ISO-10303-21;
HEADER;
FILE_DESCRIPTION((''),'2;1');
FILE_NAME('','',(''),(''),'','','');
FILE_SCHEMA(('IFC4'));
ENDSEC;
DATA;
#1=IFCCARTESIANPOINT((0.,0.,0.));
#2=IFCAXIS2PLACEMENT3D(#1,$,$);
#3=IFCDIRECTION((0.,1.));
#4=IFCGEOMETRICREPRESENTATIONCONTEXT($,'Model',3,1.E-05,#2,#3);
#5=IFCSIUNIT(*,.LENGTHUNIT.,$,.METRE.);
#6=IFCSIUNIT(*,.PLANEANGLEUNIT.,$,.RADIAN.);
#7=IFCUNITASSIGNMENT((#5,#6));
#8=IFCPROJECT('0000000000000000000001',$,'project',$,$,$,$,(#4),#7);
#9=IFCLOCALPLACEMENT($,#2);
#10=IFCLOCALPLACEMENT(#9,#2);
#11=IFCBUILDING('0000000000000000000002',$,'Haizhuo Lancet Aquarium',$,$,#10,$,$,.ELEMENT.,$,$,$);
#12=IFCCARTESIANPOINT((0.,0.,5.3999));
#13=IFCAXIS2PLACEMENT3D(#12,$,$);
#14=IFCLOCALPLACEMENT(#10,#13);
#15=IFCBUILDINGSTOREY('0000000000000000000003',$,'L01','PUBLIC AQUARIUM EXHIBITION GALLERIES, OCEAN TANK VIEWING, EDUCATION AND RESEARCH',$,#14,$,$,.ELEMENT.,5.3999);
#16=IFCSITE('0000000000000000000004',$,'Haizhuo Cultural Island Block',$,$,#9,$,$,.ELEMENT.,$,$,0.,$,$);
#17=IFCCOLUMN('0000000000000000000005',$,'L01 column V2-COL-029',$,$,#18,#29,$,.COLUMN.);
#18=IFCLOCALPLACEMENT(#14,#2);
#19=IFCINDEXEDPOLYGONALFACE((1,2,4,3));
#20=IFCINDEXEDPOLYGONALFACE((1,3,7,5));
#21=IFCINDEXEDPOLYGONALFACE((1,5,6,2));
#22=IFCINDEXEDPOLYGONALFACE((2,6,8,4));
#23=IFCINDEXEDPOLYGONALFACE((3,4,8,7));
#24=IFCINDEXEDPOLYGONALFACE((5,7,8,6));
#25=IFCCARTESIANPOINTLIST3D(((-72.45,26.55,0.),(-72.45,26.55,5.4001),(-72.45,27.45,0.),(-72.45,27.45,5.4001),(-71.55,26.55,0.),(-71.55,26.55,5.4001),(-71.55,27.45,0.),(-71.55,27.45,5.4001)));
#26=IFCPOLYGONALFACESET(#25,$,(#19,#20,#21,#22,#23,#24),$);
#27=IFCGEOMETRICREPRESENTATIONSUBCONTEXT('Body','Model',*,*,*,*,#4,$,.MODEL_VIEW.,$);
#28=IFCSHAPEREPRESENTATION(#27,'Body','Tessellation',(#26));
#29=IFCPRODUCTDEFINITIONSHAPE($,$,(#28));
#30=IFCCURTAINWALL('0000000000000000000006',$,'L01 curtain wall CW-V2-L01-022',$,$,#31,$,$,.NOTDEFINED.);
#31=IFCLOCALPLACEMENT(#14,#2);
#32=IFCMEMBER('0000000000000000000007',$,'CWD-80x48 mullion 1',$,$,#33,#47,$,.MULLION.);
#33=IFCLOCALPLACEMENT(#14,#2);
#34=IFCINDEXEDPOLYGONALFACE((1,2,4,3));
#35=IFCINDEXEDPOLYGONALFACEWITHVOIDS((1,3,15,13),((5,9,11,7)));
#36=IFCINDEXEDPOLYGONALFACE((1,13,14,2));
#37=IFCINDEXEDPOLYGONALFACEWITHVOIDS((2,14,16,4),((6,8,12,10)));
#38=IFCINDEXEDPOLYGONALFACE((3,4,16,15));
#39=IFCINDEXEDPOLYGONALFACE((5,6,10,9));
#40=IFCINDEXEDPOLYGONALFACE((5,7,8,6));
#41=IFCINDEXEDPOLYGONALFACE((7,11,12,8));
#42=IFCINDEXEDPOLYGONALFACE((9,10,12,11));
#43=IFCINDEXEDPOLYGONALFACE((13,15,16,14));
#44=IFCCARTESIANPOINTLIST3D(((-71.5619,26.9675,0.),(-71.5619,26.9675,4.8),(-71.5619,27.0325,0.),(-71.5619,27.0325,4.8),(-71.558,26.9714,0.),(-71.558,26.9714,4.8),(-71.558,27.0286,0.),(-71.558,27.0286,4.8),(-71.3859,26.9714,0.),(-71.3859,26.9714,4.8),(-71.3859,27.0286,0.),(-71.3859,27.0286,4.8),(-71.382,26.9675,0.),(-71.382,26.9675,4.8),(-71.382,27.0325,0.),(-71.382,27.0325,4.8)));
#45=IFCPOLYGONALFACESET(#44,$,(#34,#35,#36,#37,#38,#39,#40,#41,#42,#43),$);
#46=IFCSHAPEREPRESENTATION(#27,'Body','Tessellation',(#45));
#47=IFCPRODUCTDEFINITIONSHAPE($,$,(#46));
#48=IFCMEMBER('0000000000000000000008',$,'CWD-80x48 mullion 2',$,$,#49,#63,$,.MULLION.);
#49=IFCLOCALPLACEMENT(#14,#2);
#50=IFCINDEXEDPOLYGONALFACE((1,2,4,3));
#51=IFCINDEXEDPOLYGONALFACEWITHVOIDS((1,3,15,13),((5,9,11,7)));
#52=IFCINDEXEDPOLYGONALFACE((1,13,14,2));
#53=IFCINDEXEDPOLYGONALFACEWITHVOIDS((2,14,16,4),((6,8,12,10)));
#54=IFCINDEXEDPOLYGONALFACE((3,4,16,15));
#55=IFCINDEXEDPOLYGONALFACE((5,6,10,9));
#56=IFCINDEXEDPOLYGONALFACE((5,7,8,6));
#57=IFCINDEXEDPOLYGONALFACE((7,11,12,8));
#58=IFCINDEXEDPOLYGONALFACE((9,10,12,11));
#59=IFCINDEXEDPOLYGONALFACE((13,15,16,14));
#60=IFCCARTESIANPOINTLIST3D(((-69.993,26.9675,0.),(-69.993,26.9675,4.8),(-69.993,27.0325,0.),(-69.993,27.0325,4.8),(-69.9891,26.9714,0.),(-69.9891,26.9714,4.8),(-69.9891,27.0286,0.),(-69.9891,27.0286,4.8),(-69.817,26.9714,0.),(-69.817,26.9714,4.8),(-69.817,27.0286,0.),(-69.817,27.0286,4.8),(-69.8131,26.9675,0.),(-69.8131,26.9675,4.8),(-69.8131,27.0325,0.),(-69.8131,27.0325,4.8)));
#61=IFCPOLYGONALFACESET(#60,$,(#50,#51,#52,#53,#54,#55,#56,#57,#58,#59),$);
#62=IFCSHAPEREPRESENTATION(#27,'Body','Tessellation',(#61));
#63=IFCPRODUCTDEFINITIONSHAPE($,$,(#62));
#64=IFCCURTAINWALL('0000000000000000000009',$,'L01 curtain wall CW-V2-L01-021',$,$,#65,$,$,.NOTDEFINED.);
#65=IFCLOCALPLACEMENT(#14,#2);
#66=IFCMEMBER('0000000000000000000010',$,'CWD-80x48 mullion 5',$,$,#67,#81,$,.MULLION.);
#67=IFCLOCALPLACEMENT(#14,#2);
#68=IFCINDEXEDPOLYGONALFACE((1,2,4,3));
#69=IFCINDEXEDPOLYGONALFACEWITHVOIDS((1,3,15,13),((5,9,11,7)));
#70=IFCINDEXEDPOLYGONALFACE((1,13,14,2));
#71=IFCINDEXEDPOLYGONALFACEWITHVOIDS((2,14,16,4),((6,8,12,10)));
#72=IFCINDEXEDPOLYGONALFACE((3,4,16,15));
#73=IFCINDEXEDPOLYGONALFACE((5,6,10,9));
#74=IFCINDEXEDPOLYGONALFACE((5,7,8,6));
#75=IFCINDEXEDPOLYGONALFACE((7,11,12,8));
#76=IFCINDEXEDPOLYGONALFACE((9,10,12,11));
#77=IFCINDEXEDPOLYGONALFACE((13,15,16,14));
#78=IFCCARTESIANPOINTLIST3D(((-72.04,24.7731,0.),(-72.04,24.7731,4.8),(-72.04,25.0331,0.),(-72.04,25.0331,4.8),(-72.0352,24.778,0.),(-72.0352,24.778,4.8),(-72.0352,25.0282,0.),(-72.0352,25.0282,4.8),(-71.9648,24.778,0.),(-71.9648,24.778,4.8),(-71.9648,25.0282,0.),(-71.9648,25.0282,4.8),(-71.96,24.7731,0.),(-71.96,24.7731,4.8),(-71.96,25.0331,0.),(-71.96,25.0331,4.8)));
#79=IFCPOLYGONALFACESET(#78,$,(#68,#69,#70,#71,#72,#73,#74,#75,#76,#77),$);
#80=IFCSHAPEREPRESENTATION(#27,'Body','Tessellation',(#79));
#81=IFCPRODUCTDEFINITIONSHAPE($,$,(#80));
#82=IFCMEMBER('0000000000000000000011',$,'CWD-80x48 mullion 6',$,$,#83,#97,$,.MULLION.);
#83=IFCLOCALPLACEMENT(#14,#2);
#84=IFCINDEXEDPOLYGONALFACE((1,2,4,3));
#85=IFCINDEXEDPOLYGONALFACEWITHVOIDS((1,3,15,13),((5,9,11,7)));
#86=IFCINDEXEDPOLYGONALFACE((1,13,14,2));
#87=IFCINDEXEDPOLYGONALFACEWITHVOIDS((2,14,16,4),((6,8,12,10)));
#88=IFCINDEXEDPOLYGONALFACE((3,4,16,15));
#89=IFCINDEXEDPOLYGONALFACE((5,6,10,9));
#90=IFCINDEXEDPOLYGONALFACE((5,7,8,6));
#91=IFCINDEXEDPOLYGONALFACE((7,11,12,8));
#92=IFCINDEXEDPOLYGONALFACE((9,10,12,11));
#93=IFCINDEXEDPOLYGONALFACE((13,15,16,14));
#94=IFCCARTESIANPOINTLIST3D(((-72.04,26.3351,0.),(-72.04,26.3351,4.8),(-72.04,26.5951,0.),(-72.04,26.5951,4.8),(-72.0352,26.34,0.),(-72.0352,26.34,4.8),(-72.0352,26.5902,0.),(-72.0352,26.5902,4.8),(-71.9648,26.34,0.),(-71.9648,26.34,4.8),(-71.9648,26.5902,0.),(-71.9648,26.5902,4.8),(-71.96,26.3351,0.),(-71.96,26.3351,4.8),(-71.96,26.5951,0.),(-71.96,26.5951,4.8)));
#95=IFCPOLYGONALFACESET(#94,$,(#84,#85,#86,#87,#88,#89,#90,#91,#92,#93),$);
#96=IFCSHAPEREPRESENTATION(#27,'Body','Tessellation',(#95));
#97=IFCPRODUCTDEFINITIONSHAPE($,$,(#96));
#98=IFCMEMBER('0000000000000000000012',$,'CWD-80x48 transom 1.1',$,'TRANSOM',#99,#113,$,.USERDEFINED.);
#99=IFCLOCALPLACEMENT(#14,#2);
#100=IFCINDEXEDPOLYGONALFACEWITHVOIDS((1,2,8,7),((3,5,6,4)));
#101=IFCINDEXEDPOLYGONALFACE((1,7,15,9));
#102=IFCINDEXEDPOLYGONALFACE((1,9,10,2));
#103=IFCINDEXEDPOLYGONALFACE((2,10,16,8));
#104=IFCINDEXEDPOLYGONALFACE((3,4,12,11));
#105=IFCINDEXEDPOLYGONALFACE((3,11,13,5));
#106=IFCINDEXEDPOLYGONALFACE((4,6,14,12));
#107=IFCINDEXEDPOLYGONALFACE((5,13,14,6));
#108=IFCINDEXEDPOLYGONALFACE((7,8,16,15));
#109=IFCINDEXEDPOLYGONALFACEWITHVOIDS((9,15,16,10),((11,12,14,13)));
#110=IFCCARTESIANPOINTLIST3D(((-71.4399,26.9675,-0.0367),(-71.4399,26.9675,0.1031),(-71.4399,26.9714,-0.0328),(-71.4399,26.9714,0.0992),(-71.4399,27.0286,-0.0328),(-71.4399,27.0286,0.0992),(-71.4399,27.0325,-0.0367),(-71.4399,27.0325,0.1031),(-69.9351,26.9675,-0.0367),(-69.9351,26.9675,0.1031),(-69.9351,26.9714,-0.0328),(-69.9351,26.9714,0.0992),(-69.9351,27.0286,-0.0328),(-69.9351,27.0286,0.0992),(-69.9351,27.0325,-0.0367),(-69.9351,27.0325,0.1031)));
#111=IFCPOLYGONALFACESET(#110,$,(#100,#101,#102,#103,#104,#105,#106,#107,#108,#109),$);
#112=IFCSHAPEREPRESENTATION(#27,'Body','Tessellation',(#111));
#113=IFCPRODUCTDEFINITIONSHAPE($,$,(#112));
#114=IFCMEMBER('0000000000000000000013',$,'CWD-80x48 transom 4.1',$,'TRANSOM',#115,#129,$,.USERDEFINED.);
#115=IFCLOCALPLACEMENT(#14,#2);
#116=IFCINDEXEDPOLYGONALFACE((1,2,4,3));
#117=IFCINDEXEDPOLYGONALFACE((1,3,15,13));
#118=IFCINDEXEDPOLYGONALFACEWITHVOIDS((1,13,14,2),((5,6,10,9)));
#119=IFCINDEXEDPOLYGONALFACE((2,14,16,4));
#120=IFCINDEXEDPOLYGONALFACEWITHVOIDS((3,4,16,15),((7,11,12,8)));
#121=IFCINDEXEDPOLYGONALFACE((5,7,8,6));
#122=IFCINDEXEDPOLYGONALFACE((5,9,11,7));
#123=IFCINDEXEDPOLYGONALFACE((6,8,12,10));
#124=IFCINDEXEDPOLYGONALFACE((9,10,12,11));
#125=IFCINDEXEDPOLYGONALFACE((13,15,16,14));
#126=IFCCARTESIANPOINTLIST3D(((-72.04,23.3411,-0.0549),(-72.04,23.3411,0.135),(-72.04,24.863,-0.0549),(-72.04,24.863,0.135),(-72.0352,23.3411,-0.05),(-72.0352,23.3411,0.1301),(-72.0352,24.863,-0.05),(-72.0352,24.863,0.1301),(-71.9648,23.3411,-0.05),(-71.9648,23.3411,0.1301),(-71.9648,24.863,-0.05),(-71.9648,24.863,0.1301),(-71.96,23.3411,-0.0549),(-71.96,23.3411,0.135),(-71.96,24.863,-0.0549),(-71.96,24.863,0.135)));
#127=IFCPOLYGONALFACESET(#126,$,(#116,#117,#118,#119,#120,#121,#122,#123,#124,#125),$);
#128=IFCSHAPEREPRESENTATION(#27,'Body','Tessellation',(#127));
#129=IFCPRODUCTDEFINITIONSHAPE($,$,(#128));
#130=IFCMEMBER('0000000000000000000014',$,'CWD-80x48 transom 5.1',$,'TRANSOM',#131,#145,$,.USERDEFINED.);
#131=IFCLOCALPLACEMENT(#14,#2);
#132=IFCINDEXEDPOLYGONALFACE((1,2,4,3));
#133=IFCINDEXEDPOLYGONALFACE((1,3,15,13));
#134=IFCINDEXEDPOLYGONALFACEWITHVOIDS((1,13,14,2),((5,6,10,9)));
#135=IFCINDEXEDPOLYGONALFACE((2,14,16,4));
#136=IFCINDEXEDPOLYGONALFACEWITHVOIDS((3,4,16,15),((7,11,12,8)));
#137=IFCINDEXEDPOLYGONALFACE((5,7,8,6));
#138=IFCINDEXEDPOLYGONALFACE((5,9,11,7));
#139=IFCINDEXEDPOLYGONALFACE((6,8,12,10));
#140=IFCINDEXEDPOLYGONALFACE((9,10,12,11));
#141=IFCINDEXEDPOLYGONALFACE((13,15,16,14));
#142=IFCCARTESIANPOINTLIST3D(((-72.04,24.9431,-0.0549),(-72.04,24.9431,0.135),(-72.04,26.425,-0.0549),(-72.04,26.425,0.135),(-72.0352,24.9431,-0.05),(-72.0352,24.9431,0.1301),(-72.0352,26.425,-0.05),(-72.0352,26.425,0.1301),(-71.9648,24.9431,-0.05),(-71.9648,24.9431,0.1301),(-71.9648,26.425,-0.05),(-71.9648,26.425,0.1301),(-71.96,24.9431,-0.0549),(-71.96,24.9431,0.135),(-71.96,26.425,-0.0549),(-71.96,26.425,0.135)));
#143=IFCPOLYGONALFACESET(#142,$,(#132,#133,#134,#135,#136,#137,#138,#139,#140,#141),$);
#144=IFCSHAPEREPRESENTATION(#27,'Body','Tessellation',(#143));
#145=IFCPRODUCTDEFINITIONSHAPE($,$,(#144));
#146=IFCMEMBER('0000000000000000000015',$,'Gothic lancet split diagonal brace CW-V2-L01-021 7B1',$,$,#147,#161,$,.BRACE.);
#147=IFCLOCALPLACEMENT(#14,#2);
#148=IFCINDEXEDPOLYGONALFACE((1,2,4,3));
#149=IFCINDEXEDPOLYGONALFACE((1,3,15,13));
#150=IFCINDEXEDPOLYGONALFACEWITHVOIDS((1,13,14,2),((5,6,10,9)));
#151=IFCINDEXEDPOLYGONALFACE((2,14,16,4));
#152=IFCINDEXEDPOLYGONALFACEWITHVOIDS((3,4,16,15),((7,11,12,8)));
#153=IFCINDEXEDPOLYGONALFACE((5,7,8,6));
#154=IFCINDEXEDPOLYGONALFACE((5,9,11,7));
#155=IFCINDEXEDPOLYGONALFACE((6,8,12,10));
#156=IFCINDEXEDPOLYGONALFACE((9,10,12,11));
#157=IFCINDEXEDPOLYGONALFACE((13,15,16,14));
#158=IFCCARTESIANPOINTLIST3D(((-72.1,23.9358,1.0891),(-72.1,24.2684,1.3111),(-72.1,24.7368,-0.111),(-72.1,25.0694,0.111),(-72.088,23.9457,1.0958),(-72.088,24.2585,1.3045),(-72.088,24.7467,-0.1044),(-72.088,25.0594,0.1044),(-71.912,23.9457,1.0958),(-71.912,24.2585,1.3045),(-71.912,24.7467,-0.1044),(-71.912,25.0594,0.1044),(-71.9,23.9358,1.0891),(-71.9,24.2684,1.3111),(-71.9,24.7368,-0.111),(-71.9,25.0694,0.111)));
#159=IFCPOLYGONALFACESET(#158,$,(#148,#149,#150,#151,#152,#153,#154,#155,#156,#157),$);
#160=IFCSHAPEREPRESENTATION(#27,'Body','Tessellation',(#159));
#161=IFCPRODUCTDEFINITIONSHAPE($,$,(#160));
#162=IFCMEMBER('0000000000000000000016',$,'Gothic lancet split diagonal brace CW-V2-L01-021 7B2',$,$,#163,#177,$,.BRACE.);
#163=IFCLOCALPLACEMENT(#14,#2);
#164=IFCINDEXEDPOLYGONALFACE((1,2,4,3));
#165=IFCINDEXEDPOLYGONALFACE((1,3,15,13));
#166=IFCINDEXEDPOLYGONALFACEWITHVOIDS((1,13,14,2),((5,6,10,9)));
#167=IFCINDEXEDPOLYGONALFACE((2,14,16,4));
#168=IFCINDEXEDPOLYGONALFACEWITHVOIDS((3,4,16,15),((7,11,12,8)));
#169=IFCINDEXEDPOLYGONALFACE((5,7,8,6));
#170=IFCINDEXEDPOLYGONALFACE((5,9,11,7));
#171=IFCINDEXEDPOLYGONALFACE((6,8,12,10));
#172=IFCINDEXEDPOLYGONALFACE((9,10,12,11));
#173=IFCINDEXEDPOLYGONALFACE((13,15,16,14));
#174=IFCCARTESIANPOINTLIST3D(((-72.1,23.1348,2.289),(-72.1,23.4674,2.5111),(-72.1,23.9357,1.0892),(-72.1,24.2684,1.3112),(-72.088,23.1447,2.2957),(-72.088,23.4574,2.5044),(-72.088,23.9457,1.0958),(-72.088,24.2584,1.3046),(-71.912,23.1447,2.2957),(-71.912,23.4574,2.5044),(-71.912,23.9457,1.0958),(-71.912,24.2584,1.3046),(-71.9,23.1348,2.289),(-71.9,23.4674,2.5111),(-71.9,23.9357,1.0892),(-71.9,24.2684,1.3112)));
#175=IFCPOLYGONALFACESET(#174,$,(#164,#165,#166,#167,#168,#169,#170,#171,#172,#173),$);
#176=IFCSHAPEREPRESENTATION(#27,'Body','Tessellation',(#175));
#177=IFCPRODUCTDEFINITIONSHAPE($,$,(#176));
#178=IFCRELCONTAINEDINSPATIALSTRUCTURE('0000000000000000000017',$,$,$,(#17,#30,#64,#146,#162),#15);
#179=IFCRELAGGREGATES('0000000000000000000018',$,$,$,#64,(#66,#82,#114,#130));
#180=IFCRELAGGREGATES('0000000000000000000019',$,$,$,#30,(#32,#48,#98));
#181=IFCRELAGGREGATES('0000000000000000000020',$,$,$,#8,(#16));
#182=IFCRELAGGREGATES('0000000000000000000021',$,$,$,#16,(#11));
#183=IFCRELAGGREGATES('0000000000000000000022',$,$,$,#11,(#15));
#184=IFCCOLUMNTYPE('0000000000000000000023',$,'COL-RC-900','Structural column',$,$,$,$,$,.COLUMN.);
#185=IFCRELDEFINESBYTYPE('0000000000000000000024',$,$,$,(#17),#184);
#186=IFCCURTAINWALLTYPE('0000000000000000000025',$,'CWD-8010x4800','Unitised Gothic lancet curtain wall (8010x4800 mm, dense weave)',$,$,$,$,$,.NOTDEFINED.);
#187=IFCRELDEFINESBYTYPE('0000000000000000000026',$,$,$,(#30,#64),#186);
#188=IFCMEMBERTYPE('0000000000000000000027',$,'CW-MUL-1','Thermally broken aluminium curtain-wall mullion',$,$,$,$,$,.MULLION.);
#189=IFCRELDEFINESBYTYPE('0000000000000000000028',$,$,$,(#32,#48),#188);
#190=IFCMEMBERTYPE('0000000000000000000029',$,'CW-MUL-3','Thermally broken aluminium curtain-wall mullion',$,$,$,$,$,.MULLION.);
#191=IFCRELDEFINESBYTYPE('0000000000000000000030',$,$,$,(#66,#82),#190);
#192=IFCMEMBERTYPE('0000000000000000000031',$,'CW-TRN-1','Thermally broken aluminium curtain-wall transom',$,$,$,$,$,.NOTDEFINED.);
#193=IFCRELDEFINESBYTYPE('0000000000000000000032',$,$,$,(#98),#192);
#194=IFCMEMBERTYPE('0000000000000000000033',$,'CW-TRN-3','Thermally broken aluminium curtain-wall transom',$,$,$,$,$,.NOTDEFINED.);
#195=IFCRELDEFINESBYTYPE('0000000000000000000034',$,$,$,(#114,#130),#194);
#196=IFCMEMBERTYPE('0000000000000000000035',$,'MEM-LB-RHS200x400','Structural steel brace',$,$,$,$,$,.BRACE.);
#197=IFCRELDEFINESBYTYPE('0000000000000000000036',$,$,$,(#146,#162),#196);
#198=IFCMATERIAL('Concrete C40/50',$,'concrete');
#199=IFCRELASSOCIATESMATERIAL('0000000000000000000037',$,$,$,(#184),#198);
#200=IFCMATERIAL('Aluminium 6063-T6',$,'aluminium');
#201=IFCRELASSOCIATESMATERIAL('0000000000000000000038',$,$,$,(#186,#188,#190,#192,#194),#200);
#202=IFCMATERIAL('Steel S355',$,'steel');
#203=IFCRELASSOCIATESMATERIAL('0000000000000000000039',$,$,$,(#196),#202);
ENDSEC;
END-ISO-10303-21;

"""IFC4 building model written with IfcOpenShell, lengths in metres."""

from ifc_helpers import new_model, si_unit, direction, frame, origin, origin_2d, place, context, subcontext, project, spatial, rectangle, hollow_rectangle, extrude, material, material_profile, profile_set, type_object, element, aggregate, save


model = new_model("IFC4")

# Units and contexts
model_context = context("Model", 3, precision=1e-05, world=origin(), true_north=direction((0.0, 1.0)))
body_context = subcontext(model_context, "Body", "Model", "MODEL_VIEW")
ifc_project = project(units=[si_unit("LENGTHUNIT", "METRE"), si_unit("PLANEANGLEUNIT", "RADIAN")], contexts=[model_context])

# Site, building, storey
site_placement = place(None, origin())
site = spatial("IfcSite", under=ifc_project, at=site_placement, Name="Haizhuo Cultural Island Block", CompositionType="ELEMENT", RefElevation=0.0)
building_placement = place(site_placement, origin())
building = spatial("IfcBuilding", under=site, at=building_placement, Name="Haizhuo Lancet Aquarium", CompositionType="ELEMENT")
storey_placement = place(building_placement, frame((0.0, 0.0, 5.3999)))
storey = spatial("IfcBuildingStorey", under=building, at=storey_placement, Name="L01", Description="PUBLIC AQUARIUM EXHIBITION GALLERIES, OCEAN TANK VIEWING, EDUCATION AND RESEARCH", CompositionType="ELEMENT", Elevation=5.3999)

# Column
ifc_material_1 = material(Name="Concrete C40/50", Category="concrete")
ifc_material_profile_1 = material_profile(ifc_material_1, rectangle(XDim=0.8999, YDim=0.8999, at=origin_2d()), Name="RC-COL 900x900")
ifc_profile_set_1 = profile_set([ifc_material_profile_1], Name="Concrete C40/50")
column_type = type_object("IfcColumnType", Name="COL-RC-900", Description="Structural column", PredefinedType="COLUMN", material=ifc_profile_set_1)
column_placement = place(storey_placement, frame((-72.0, 27.0, 0.0), z_axis=(0.0, 0.0, 1.0), x_axis=(1.0, 0.0, 0.0)))
element("IfcColumn", 1, at=column_placement, inside=storey, type_object=column_type, Name="L01 column V2-COL-029", PredefinedType="COLUMN", context=body_context, shape_type="SweptSolid", body=[
    extrude(rectangle(XDim=0.8999, YDim=0.8999, at=origin_2d()), origin(), (0.0, 0.0, 1.0), 5.4001),
])

# Curtain walls, members
ifc_material_2 = material(Name="Aluminium 6063-T6", Category="aluminium")
curtain_wall_type = type_object("IfcCurtainWallType", Name="CWD-8010x4800", Description="Unitised Gothic lancet curtain wall (8010x4800 mm, dense weave)", PredefinedType="NOTDEFINED", material=ifc_material_2)
curtain_wall_1_placement = place(storey_placement, origin())
curtain_wall_1 = element("IfcCurtainWall", 2, at=curtain_wall_1_placement, inside=storey, type_object=curtain_wall_type, Name="L01 curtain wall CW-V2-L01-022", PredefinedType="NOTDEFINED")
ifc_material_profile_2 = material_profile(ifc_material_2, hollow_rectangle(XDim=0.0649, YDim=0.1799, WallThickness=0.0039, at=origin_2d()), Name="ALU-M 65x180x4")
ifc_profile_set_2 = profile_set([ifc_material_profile_2], Name="Aluminium 6063-T6")
member_type_1 = type_object("IfcMemberType", Name="CW-MUL-1", Description="Thermally broken aluminium curtain-wall mullion", PredefinedType="MULLION", material=ifc_profile_set_2)
member_1_placement = place(storey_placement, frame((-71.4719, 27.0, 0.0), z_axis=(0.0, 0.0, 1.0), x_axis=(0.0, 1.0, 0.0)))
member_1 = element("IfcMember", 3, at=member_1_placement, type_object=member_type_1, Name="CWD-80x48 mullion 1", PredefinedType="MULLION", context=body_context, shape_type="SweptSolid", body=[
    extrude(hollow_rectangle(XDim=0.0649, YDim=0.1799, WallThickness=0.0039, at=origin_2d()), origin(), (0.0, 0.0, 1.0), 4.8),
])
member_2_placement = place(storey_placement, frame((-69.9031, 27.0, 0.0), z_axis=(0.0, 0.0, 1.0), x_axis=(0.0, 1.0, 0.0)))
member_2 = element("IfcMember", 4, at=member_2_placement, type_object=member_type_1, Name="CWD-80x48 mullion 2", PredefinedType="MULLION", context=body_context, shape_type="SweptSolid", body=[
    extrude(hollow_rectangle(XDim=0.0649, YDim=0.1799, WallThickness=0.0039, at=origin_2d()), origin(), (0.0, 0.0, 1.0), 4.8),
])
curtain_wall_2_placement = place(storey_placement, origin())
curtain_wall_2 = element("IfcCurtainWall", 5, at=curtain_wall_2_placement, inside=storey, type_object=curtain_wall_type, Name="L01 curtain wall CW-V2-L01-021", PredefinedType="NOTDEFINED")
ifc_material_profile_3 = material_profile(ifc_material_2, hollow_rectangle(XDim=0.0801, YDim=0.26, WallThickness=0.0049, at=origin_2d()), Name="ALU-M 80x260x5")
ifc_profile_set_3 = profile_set([ifc_material_profile_3], Name="Aluminium 6063-T6")
member_type_2 = type_object("IfcMemberType", Name="CW-MUL-3", Description="Thermally broken aluminium curtain-wall mullion", PredefinedType="MULLION", material=ifc_profile_set_3)
member_3_placement = place(storey_placement, frame((-72.0, 24.9031, 0.0), z_axis=(0.0, 0.0, 1.0), x_axis=(-1.0, 0.0, 0.0)))
member_3 = element("IfcMember", 6, at=member_3_placement, type_object=member_type_2, Name="CWD-80x48 mullion 5", PredefinedType="MULLION", context=body_context, shape_type="SweptSolid", body=[
    extrude(hollow_rectangle(XDim=0.0801, YDim=0.26, WallThickness=0.0049, at=origin_2d()), origin(), (0.0, 0.0, 1.0), 4.8),
])
member_4_placement = place(storey_placement, frame((-72.0, 26.4651, 0.0), z_axis=(0.0, 0.0, 1.0), x_axis=(-1.0, 0.0, 0.0)))
member_4 = element("IfcMember", 7, at=member_4_placement, type_object=member_type_2, Name="CWD-80x48 mullion 6", PredefinedType="MULLION", context=body_context, shape_type="SweptSolid", body=[
    extrude(hollow_rectangle(XDim=0.0801, YDim=0.26, WallThickness=0.0049, at=origin_2d()), origin(), (0.0, 0.0, 1.0), 4.8),
])

# Members
ifc_material_profile_4 = material_profile(ifc_material_2, hollow_rectangle(XDim=0.0649, YDim=0.1399, WallThickness=0.0039, at=origin_2d()), Name="ALU-T 65x140x4")
ifc_profile_set_4 = profile_set([ifc_material_profile_4], Name="Aluminium 6063-T6")
member_type_3 = type_object("IfcMemberType", Name="CW-TRN-1", Description="Thermally broken aluminium curtain-wall transom", PredefinedType="NOTDEFINED", material=ifc_profile_set_4)
member_5_placement = place(storey_placement, frame((-71.4399, 27.0, 0.0332), z_axis=(1.0, 0.0, 0.0), x_axis=(0.0, 1.0, 0.0)))
member_5 = element("IfcMember", 8, at=member_5_placement, type_object=member_type_3, Name="CWD-80x48 transom 1.1", ObjectType="TRANSOM", PredefinedType="USERDEFINED", context=body_context, shape_type="SweptSolid", body=[
    extrude(hollow_rectangle(XDim=0.0649, YDim=0.1399, WallThickness=0.0039, at=origin_2d()), origin(), (0.0, 0.0, 1.0), 1.5049),
])
ifc_material_profile_5 = material_profile(ifc_material_2, hollow_rectangle(XDim=0.0801, YDim=0.1899, WallThickness=0.0049, at=origin_2d()), Name="ALU-T 80x190x5")
ifc_profile_set_5 = profile_set([ifc_material_profile_5], Name="Aluminium 6063-T6")
member_type_4 = type_object("IfcMemberType", Name="CW-TRN-3", Description="Thermally broken aluminium curtain-wall transom", PredefinedType="NOTDEFINED", material=ifc_profile_set_5)
member_6_placement = place(storey_placement, frame((-72.0, 23.3411, 0.04), z_axis=(0.0, 1.0, 0.0), x_axis=(-1.0, 0.0, 0.0)))
member_6 = element("IfcMember", 9, at=member_6_placement, type_object=member_type_4, Name="CWD-80x48 transom 4.1", ObjectType="TRANSOM", PredefinedType="USERDEFINED", context=body_context, shape_type="SweptSolid", body=[
    extrude(hollow_rectangle(XDim=0.0801, YDim=0.1899, WallThickness=0.0049, at=origin_2d()), origin(), (0.0, 0.0, 1.0), 1.522),
])
member_7_placement = place(storey_placement, frame((-72.0, 24.9431, 0.04), z_axis=(0.0, 1.0, 0.0), x_axis=(-1.0, 0.0, 0.0)))
member_7 = element("IfcMember", 10, at=member_7_placement, type_object=member_type_4, Name="CWD-80x48 transom 5.1", ObjectType="TRANSOM", PredefinedType="USERDEFINED", context=body_context, shape_type="SweptSolid", body=[
    extrude(hollow_rectangle(XDim=0.0801, YDim=0.1899, WallThickness=0.0049, at=origin_2d()), origin(), (0.0, 0.0, 1.0), 1.4819),
])

# Members
ifc_material_3 = material(Name="Steel S355", Category="steel")
ifc_material_profile_6 = material_profile(ifc_material_3, hollow_rectangle(XDim=0.2, YDim=0.3999, WallThickness=0.012, at=origin_2d()), Name="RHS 200x400x12")
ifc_profile_set_6 = profile_set([ifc_material_profile_6], Name="Steel S355")
member_type_5 = type_object("IfcMemberType", Name="MEM-LB-RHS200x400", Description="Structural steel brace", PredefinedType="BRACE", material=ifc_profile_set_6)
member_8_placement = place(storey_placement, frame((-72.0, 24.9031, 0.0), z_axis=(0.0, -0.55513, 0.831764), x_axis=(1.0, 0.0, 0.0)))
element("IfcMember", 11, at=member_8_placement, inside=storey, type_object=member_type_5, Name="Gothic lancet split diagonal brace CW-V2-L01-021 7B1", PredefinedType="BRACE", context=body_context, shape_type="SweptSolid", body=[
    extrude(hollow_rectangle(XDim=0.2, YDim=0.3999, WallThickness=0.012, at=origin_2d()), origin(), (0.0, 0.0, 1.0), 1.4429),
])
member_9_placement = place(storey_placement, frame((-72.0, 24.1021, 1.2002), z_axis=(0.0, -0.555208, 0.831712), x_axis=(1.0, 0.0, 0.0)))
element("IfcMember", 12, at=member_9_placement, inside=storey, type_object=member_type_5, Name="Gothic lancet split diagonal brace CW-V2-L01-021 7B2", PredefinedType="BRACE", context=body_context, shape_type="SweptSolid", body=[
    extrude(hollow_rectangle(XDim=0.2, YDim=0.3999, WallThickness=0.012, at=origin_2d()), origin(), (0.0, 0.0, 1.0), 1.4426),
])

aggregate(curtain_wall_2, [member_3, member_4, member_6, member_7])
aggregate(curtain_wall_1, [member_1, member_2, member_5])

save(model, "model.ifc")
